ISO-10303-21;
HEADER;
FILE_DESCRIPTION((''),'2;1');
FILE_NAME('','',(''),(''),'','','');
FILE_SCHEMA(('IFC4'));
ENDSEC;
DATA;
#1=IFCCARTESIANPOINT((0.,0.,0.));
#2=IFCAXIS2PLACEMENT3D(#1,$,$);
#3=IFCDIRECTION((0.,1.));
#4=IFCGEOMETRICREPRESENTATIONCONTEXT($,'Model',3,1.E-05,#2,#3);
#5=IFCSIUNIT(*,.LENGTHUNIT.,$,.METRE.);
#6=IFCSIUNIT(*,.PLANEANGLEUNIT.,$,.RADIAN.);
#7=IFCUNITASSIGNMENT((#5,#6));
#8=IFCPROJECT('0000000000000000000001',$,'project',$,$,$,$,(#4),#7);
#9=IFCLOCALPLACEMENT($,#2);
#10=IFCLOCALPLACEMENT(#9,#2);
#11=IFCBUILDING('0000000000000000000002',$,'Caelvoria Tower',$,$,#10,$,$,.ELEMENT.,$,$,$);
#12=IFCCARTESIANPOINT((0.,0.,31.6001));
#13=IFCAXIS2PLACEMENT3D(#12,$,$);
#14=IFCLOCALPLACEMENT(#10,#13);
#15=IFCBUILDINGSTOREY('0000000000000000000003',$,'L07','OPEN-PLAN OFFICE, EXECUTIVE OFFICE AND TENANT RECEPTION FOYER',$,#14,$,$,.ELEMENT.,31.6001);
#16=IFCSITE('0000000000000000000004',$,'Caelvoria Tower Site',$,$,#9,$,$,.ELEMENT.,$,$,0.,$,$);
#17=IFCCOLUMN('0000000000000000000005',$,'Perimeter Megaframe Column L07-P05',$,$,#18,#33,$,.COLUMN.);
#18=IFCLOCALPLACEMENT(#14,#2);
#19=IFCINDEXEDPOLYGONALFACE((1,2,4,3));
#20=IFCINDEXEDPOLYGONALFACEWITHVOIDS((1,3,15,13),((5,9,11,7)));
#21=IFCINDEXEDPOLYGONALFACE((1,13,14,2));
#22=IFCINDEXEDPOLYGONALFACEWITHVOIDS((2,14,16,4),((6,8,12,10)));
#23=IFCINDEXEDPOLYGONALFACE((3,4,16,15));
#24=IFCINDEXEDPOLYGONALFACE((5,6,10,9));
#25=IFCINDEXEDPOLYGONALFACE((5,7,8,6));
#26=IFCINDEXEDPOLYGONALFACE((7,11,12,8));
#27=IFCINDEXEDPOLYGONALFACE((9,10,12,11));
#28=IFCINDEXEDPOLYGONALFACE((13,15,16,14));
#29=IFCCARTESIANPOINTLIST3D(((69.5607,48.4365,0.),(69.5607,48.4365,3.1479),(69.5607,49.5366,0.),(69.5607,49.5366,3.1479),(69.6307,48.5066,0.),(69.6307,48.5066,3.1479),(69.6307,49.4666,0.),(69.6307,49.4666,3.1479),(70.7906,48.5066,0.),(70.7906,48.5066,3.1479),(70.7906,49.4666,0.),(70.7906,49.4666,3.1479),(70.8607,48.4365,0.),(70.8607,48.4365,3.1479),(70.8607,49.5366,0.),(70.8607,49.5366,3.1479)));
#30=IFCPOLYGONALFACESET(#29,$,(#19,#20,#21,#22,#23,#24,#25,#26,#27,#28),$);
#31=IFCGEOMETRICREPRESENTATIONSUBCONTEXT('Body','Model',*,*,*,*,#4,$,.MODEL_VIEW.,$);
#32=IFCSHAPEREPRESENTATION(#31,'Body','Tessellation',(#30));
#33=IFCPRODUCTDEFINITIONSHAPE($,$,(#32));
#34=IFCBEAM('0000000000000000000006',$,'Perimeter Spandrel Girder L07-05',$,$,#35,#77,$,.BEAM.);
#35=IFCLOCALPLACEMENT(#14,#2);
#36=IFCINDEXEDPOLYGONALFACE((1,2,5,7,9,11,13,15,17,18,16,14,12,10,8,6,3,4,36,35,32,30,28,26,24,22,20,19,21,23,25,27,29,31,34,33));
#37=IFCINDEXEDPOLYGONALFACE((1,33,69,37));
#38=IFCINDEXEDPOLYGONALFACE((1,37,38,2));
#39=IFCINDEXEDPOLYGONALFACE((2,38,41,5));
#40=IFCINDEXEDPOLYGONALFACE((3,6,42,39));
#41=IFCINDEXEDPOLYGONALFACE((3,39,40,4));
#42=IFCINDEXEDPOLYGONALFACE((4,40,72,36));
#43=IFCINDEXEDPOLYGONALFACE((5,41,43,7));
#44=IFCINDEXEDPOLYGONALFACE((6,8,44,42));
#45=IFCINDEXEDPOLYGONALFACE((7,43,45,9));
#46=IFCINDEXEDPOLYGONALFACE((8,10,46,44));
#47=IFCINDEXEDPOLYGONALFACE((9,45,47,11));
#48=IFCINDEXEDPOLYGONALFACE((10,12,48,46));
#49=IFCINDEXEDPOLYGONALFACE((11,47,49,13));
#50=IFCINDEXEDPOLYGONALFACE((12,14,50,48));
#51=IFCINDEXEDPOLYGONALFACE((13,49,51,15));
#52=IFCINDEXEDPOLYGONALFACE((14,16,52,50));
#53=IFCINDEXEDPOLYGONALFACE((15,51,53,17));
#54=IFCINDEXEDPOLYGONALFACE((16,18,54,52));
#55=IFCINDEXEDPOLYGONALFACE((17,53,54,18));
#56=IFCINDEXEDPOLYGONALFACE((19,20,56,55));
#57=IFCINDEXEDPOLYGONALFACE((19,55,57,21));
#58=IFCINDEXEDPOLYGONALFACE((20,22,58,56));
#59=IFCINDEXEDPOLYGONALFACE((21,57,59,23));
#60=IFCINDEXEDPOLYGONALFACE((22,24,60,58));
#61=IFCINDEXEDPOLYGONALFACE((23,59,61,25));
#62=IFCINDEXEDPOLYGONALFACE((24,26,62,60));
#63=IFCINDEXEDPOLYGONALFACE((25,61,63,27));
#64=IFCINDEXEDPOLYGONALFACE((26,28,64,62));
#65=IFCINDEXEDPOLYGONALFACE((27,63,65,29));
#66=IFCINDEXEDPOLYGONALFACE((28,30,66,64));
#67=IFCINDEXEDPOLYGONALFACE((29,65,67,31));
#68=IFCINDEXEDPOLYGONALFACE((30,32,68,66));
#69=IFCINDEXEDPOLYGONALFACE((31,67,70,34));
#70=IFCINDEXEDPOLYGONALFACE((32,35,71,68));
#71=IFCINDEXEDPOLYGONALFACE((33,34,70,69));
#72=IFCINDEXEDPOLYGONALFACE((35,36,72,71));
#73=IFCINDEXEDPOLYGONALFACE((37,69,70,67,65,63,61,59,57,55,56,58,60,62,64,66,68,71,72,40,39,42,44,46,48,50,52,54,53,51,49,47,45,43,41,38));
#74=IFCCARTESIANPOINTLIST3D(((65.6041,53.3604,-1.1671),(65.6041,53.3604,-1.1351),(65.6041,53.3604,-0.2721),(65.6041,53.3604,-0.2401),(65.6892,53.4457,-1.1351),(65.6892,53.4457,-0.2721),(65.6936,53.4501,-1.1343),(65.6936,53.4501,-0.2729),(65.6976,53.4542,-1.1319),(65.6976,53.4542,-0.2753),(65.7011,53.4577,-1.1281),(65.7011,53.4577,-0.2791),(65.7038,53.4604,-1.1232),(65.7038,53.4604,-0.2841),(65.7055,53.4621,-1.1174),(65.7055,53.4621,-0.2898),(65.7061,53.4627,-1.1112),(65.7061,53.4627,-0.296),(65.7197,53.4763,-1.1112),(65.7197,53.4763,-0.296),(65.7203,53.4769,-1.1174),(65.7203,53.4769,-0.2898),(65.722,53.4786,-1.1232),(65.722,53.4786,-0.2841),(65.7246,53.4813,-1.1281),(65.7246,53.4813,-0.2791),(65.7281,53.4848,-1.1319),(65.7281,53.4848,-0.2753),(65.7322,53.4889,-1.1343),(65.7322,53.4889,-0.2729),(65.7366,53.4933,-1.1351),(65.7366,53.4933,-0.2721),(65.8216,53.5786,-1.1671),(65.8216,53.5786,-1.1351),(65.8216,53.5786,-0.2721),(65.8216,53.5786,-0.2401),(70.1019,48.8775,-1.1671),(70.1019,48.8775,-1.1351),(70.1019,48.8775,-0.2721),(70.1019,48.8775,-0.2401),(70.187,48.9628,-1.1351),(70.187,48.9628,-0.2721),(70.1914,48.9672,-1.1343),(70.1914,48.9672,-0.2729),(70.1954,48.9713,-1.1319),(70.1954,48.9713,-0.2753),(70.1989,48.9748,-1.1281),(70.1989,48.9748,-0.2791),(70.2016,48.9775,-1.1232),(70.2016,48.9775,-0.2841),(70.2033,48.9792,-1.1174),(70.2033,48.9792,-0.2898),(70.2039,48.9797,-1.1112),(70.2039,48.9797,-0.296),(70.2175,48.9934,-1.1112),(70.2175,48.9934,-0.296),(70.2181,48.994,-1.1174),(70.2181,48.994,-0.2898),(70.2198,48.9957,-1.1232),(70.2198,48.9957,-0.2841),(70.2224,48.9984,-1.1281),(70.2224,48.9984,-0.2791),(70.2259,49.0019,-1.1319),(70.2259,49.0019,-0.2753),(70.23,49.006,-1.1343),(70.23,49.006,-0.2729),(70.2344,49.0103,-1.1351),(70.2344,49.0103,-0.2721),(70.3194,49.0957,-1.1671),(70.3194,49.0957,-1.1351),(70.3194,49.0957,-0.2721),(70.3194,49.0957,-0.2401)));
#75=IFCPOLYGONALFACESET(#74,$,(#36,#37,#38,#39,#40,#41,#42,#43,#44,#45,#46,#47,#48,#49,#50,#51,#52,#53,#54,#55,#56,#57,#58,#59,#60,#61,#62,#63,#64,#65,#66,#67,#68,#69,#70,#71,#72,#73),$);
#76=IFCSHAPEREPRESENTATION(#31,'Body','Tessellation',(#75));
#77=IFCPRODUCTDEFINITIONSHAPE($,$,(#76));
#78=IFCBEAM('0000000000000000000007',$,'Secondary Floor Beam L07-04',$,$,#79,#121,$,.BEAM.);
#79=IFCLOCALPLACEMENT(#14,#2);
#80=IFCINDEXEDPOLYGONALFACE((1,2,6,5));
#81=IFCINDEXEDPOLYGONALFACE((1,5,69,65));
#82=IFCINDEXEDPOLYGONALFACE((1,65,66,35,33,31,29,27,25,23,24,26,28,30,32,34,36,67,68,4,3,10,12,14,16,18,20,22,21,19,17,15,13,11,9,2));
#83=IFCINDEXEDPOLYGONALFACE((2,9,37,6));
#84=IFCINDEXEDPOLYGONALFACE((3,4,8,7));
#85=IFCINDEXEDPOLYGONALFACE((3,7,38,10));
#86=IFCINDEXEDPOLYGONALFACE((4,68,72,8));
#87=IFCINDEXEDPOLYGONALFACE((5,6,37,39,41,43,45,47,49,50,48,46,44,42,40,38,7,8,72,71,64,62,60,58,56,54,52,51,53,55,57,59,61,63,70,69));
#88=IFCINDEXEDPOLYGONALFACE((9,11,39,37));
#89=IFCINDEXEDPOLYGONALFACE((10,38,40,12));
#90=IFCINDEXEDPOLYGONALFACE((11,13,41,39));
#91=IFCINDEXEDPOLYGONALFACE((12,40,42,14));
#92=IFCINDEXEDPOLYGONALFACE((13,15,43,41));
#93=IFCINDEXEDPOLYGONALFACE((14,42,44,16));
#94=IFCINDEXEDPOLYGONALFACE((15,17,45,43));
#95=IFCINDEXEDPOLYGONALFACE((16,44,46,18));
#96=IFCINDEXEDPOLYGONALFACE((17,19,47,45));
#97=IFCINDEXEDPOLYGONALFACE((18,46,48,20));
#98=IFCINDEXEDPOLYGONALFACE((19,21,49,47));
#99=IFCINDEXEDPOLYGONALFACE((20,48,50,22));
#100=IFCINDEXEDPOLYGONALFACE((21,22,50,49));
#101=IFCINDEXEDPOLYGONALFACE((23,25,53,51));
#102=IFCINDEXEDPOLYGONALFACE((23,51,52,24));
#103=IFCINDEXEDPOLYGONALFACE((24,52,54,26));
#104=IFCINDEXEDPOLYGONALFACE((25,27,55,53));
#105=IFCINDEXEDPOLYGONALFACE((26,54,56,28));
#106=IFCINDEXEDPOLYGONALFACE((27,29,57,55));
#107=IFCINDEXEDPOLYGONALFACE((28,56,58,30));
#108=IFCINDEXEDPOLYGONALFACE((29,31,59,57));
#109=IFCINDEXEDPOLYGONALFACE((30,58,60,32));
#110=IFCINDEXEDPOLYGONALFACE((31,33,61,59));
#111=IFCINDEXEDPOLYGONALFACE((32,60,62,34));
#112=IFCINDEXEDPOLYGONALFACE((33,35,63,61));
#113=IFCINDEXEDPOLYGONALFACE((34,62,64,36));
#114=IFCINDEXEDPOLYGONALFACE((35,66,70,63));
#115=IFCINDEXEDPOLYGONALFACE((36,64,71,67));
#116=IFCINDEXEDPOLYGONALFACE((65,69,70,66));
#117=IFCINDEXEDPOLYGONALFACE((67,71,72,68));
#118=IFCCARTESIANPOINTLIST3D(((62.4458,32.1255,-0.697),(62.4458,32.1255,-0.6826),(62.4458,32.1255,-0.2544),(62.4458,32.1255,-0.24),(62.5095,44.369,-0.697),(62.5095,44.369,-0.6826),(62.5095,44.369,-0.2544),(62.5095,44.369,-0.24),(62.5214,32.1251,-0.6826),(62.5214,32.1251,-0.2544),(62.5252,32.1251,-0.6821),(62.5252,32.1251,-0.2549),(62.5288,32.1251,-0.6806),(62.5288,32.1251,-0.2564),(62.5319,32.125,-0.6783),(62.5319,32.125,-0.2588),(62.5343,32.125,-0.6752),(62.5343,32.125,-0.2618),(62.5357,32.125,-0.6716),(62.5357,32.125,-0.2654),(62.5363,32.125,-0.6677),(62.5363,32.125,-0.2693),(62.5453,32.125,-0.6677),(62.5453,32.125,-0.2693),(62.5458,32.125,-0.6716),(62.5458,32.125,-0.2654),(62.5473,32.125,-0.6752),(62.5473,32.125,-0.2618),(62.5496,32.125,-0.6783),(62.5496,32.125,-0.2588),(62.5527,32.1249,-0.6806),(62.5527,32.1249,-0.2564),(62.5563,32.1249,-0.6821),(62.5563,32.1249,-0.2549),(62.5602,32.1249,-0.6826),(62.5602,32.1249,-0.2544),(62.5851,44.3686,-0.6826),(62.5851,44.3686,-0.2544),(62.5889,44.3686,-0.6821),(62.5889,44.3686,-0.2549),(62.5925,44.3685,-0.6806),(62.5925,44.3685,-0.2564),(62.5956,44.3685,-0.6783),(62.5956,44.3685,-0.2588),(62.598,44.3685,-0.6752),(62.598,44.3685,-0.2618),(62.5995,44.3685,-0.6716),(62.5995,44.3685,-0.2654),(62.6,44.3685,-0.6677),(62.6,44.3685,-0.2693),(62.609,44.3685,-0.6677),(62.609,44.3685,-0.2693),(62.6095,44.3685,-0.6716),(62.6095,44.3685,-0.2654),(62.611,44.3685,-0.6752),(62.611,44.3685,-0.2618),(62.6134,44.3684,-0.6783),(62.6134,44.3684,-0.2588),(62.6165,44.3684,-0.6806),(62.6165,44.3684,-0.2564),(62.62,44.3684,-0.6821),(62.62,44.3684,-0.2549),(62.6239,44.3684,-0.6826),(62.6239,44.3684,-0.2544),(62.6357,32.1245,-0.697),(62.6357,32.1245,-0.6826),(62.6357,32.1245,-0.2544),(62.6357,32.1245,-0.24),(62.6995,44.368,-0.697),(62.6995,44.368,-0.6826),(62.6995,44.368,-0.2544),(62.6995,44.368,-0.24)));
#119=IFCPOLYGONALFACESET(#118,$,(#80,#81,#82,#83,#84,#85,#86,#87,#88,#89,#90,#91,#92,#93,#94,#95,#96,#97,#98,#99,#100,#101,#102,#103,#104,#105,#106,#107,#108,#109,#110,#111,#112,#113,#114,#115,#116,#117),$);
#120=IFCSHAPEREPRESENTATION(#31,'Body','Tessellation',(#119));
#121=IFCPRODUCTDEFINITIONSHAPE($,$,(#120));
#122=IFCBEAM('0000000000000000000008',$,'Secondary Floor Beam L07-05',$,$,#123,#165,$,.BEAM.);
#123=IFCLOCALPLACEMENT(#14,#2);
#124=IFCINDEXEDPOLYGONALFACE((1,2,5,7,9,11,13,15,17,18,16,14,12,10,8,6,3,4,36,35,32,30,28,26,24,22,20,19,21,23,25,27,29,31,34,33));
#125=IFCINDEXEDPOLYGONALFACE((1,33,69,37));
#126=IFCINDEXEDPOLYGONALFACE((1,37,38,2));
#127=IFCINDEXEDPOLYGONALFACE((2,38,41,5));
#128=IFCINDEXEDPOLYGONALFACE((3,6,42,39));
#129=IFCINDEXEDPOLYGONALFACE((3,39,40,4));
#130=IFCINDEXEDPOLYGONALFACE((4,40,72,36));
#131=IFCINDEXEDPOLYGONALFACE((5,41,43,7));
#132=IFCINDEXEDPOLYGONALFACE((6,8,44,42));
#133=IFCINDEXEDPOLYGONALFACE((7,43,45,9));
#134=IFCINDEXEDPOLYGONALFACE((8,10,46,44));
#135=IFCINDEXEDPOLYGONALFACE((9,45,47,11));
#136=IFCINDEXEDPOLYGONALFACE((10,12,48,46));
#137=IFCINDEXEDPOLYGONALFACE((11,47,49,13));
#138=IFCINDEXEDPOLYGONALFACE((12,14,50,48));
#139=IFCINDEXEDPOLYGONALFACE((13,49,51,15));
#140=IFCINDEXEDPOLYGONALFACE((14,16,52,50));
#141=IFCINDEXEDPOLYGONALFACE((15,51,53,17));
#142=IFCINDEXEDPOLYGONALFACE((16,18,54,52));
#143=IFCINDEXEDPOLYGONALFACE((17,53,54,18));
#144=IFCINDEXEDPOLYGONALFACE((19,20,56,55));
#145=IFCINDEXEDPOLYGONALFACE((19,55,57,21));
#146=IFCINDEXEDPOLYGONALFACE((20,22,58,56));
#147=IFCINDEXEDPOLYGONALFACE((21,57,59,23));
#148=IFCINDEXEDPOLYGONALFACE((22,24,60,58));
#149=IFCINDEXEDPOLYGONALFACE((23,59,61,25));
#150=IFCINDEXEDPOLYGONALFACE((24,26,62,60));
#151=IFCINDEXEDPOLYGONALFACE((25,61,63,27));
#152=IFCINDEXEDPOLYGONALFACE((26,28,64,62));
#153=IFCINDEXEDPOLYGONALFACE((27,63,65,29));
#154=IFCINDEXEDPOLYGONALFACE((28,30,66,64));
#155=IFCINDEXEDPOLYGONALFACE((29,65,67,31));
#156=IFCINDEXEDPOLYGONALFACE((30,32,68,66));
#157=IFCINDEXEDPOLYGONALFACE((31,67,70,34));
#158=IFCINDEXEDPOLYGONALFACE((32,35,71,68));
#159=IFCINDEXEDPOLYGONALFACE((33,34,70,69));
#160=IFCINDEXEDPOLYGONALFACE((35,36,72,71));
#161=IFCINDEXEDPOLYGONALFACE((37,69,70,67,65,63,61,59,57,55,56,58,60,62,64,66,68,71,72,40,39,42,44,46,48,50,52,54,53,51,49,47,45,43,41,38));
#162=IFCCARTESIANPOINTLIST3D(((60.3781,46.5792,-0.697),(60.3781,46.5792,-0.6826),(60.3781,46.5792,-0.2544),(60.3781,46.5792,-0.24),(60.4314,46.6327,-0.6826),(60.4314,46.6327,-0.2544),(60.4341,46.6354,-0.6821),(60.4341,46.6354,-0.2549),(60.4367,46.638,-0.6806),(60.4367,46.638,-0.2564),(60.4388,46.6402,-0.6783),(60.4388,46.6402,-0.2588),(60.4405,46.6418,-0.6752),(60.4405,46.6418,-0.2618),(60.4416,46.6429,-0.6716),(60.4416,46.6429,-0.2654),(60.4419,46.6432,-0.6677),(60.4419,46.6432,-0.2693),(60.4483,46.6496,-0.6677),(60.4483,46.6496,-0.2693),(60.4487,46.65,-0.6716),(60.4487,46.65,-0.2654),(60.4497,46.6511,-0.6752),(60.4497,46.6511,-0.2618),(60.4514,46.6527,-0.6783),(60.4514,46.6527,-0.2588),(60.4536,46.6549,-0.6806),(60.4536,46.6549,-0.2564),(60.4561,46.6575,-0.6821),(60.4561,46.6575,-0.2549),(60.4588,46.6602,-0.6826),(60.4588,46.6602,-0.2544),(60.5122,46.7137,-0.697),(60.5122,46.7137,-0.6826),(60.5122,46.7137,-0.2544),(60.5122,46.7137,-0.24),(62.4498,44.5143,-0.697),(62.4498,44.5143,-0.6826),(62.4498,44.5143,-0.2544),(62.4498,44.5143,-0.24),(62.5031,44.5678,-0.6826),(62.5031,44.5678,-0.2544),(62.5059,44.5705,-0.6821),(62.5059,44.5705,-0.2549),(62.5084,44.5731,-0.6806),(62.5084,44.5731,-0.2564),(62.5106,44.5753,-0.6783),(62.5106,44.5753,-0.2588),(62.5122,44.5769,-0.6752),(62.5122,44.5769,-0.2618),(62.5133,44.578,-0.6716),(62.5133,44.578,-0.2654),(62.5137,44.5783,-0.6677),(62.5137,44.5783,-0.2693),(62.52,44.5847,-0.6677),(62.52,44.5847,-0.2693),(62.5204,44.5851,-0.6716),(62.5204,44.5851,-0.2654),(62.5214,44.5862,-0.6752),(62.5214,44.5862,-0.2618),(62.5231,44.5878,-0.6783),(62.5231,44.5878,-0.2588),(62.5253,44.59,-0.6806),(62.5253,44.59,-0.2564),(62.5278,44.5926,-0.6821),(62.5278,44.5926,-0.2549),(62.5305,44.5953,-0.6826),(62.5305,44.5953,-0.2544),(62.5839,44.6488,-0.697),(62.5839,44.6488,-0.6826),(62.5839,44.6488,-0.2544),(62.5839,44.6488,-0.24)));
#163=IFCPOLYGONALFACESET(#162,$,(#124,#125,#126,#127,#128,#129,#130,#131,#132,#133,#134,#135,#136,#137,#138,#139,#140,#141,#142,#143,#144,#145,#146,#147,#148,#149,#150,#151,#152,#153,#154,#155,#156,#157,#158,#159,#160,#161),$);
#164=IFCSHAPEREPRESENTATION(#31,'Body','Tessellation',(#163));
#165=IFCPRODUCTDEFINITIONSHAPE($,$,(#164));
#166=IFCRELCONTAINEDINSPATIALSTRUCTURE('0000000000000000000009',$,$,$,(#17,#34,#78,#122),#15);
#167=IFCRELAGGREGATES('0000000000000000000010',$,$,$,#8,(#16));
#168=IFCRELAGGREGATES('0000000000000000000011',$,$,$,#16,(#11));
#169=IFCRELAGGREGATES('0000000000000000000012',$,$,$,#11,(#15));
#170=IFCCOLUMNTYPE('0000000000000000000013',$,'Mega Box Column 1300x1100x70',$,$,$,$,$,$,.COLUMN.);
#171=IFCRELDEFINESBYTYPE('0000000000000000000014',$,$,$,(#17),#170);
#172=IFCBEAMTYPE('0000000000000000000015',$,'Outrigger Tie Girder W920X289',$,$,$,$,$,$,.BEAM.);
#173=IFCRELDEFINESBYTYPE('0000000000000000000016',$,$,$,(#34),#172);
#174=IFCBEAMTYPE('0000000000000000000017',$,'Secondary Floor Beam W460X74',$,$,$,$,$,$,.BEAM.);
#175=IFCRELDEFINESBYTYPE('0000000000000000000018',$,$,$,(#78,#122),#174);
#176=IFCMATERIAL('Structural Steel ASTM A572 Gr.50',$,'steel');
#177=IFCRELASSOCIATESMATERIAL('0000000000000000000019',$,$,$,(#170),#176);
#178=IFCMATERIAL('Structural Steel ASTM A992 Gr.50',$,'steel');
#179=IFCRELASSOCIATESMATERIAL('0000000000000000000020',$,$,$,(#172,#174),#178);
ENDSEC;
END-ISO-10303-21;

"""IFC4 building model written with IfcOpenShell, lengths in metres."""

from ifc_helpers import new_model, si_unit, direction, frame, origin, origin_2d, place, context, subcontext, project, spatial, hollow_rectangle, i_section, extrude, material, material_profile, profile_set, type_object, element, save


model = new_model("IFC4")

# Units and contexts
model_context = context("Model", 3, precision=1e-05, world=origin(), true_north=direction((0.0, 1.0)))
body_context = subcontext(model_context, "Body", "Model", "MODEL_VIEW")
ifc_project = project(units=[si_unit("LENGTHUNIT", "METRE"), si_unit("PLANEANGLEUNIT", "RADIAN")], contexts=[model_context])

# Site, building, storey
site_placement = place(None, origin())
site = spatial("IfcSite", under=ifc_project, at=site_placement, Name="Caelvoria Tower Site", CompositionType="ELEMENT", RefElevation=0.0)
building_placement = place(site_placement, origin())
building = spatial("IfcBuilding", under=site, at=building_placement, Name="Caelvoria Tower", CompositionType="ELEMENT")
storey_placement = place(building_placement, frame((0.0, 0.0, 31.6001)))
storey = spatial("IfcBuildingStorey", under=building, at=storey_placement, Name="L07", Description="OPEN-PLAN OFFICE, EXECUTIVE OFFICE AND TENANT RECEPTION FOYER", CompositionType="ELEMENT", Elevation=31.6001)

# Column
ifc_material_1 = material(Name="Structural Steel ASTM A572 Gr.50", Category="steel")
ifc_material_profile_1 = material_profile(ifc_material_1, hollow_rectangle(XDim=1.1001, YDim=1.3, WallThickness=0.0701, at=origin_2d()), Name="Structural Steel ASTM A572 Gr.50")
ifc_profile_set_1 = profile_set([ifc_material_profile_1], Name="BOX1300X1100X70 - Structural Steel ASTM A572 Gr.50")
column_type = type_object("IfcColumnType", Name="Mega Box Column 1300x1100x70", PredefinedType="COLUMN", material=ifc_profile_set_1)
column_placement = place(storey_placement, frame((70.2107, 48.9866, 0.0), z_axis=(0.0, 0.0, 1.0), x_axis=(0.0, 1.0, 0.0)))
element("IfcColumn", 1, at=column_placement, inside=storey, type_object=column_type, Name="Perimeter Megaframe Column L07-P05", PredefinedType="COLUMN", context=body_context, shape_type="SweptSolid", body=[
    extrude(hollow_rectangle(XDim=1.1001, YDim=1.3, WallThickness=0.0701, at=origin_2d()), origin(), (0.0, 0.0, 1.0), 3.1479),
])

# Beams
ifc_material_2 = material(Name="Structural Steel ASTM A992 Gr.50", Category="steel")
ifc_material_profile_2 = material_profile(ifc_material_2, i_section(OverallWidth=0.3081, OverallDepth=0.927, WebThickness=0.0193, FlangeThickness=0.032, FilletRadius=0.0239, at=origin_2d()), Name="Structural Steel ASTM A992 Gr.50")
ifc_profile_set_2 = profile_set([ifc_material_profile_2], Name="W920X289 - Structural Steel ASTM A992 Gr.50")
beam_type_1 = type_object("IfcBeamType", Name="Outrigger Tie Girder W920X289", PredefinedType="BEAM", material=ifc_profile_set_2)
beam_1_placement = place(storey_placement, frame((70.2107, 48.9866, -0.7036), z_axis=(-0.708278, 0.705933, 0.0), x_axis=(-0.705933, -0.708278, 0.0)))
element("IfcBeam", 2, at=beam_1_placement, inside=storey, type_object=beam_type_1, Name="Perimeter Spandrel Girder L07-05", PredefinedType="BEAM", context=body_context, shape_type="SweptSolid", body=[
    extrude(i_section(OverallWidth=0.3081, OverallDepth=0.927, WebThickness=0.0193, FlangeThickness=0.032, FilletRadius=0.0239, at=origin_2d()), origin(), (0.0, 0.0, 1.0), 6.3503),
])
ifc_material_profile_3 = material_profile(ifc_material_2, i_section(OverallWidth=0.1899, OverallDepth=0.457, WebThickness=0.009, FlangeThickness=0.0144, FilletRadius=0.0149, at=origin_2d()), Name="Structural Steel ASTM A992 Gr.50")
ifc_profile_set_3 = profile_set([ifc_material_profile_3], Name="W460X74 - Structural Steel ASTM A992 Gr.50")
beam_type_2 = type_object("IfcBeamType", Name="Secondary Floor Beam W460X74", PredefinedType="BEAM", material=ifc_profile_set_3)
beam_2_placement = place(storey_placement, frame((62.5408, 32.125, -0.4685), z_axis=(0.005204, 0.999986, 0.0), x_axis=(-0.999986, 0.005204, 0.0)))
element("IfcBeam", 3, at=beam_2_placement, inside=storey, type_object=beam_type_2, Name="Secondary Floor Beam L07-04", PredefinedType="BEAM", context=body_context, shape_type="SweptSolid", body=[
    extrude(i_section(OverallWidth=0.1899, OverallDepth=0.457, WebThickness=0.009, FlangeThickness=0.0144, FilletRadius=0.0149, at=origin_2d()), origin(), (0.0, 0.0, 1.0), 12.2437),
])
beam_3_placement = place(storey_placement, frame((62.5168, 44.5815, -0.4685), z_axis=(-0.708274, 0.705937, 0.0), x_axis=(-0.705937, -0.708274, 0.0)))
element("IfcBeam", 4, at=beam_3_placement, inside=storey, type_object=beam_type_2, Name="Secondary Floor Beam L07-05", PredefinedType="BEAM", context=body_context, shape_type="SweptSolid", body=[
    extrude(i_section(OverallWidth=0.1899, OverallDepth=0.457, WebThickness=0.009, FlangeThickness=0.0144, FilletRadius=0.0149, at=origin_2d()), origin(), (0.0, 0.0, 1.0), 2.925),
])

save(model, "model.ifc")
